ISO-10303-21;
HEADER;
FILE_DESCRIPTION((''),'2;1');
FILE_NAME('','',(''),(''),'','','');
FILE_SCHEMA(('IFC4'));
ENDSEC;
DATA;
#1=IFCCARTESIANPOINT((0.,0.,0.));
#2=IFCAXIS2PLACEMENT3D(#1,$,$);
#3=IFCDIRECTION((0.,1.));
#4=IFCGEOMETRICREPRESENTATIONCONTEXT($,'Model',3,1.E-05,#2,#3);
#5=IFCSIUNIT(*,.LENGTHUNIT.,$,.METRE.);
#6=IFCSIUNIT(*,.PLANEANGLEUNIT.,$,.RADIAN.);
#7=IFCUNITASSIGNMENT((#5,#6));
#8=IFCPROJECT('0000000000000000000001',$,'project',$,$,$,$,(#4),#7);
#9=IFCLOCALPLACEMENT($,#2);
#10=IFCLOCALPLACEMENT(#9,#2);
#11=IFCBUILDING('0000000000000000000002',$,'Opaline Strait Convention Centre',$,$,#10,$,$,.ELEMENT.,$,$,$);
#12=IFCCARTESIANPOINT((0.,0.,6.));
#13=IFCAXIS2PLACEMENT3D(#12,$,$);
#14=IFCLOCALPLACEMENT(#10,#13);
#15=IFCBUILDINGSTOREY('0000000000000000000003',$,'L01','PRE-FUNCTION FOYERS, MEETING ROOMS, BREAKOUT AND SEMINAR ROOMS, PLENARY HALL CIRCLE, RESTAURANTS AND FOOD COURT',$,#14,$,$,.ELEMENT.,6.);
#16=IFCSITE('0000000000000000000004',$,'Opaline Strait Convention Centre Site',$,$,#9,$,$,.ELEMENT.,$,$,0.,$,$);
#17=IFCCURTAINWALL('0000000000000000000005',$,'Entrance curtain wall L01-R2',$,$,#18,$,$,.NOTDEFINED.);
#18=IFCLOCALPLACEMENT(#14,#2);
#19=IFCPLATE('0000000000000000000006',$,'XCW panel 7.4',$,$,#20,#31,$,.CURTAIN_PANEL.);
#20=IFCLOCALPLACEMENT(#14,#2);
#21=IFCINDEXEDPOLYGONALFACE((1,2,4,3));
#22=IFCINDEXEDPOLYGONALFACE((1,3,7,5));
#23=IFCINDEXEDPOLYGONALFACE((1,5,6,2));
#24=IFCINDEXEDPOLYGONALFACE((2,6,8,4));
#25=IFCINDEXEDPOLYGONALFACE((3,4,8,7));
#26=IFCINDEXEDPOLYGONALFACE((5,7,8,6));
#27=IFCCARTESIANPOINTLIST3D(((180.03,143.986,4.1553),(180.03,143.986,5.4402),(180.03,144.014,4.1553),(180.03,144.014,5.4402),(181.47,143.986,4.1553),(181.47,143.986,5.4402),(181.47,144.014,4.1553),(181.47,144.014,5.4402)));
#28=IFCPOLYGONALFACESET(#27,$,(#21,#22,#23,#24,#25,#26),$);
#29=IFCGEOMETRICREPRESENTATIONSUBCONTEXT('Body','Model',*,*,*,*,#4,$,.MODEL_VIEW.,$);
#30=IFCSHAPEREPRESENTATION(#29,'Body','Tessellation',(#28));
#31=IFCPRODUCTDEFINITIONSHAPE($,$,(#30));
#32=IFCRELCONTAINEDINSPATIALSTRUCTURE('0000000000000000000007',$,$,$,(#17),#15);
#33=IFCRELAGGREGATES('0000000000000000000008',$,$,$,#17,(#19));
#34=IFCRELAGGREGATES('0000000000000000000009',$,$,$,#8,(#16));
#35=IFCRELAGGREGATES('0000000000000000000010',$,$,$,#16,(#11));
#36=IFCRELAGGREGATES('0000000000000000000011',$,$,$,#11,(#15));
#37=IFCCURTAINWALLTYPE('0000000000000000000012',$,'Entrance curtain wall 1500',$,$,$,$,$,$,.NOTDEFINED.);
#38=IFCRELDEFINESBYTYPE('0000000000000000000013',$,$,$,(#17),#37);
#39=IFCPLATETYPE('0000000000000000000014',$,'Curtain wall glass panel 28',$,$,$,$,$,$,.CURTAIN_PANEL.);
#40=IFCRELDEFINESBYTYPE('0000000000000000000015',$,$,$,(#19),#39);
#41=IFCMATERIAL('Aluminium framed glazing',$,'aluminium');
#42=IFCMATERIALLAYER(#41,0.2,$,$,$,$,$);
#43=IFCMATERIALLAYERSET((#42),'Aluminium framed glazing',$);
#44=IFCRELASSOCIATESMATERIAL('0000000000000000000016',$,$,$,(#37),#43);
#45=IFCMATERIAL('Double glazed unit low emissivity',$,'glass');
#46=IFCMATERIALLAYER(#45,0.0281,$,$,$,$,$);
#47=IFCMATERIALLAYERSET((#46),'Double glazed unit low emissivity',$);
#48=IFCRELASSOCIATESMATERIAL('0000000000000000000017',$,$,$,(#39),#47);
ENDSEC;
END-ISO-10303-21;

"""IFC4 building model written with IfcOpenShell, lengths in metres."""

from ifc_helpers import new_model, si_unit, direction, frame, origin, origin_2d, place, context, subcontext, project, spatial, rectangle, extrude, material, layer, layer_set, type_object, element, aggregate, save


model = new_model("IFC4")

# Units and contexts
model_context = context("Model", 3, precision=1e-05, world=origin(), true_north=direction((0.0, 1.0)))
body_context = subcontext(model_context, "Body", "Model", "MODEL_VIEW")
ifc_project = project(units=[si_unit("LENGTHUNIT", "METRE"), si_unit("PLANEANGLEUNIT", "RADIAN")], contexts=[model_context])

# Site, building, storey
site_placement = place(None, origin())
site = spatial("IfcSite", under=ifc_project, at=site_placement, Name="Opaline Strait Convention Centre Site", CompositionType="ELEMENT", RefElevation=0.0)
building_placement = place(site_placement, origin())
building = spatial("IfcBuilding", under=site, at=building_placement, Name="Opaline Strait Convention Centre", CompositionType="ELEMENT")
storey_placement = place(building_placement, frame((0.0, 0.0, 6.0)))
storey = spatial("IfcBuildingStorey", under=building, at=storey_placement, Name="L01", Description="PRE-FUNCTION FOYERS, MEETING ROOMS, BREAKOUT AND SEMINAR ROOMS, PLENARY HALL CIRCLE, RESTAURANTS AND FOOD COURT", CompositionType="ELEMENT", Elevation=6.0)

# Curtain wall, plate
ifc_material_1 = material(Name="Aluminium framed glazing", Category="aluminium")
ifc_layer_1 = layer(ifc_material_1, 0.2)
ifc_layer_set_1 = layer_set([ifc_layer_1], Name="Aluminium framed glazing")
curtain_wall_type = type_object("IfcCurtainWallType", Name="Entrance curtain wall 1500", PredefinedType="NOTDEFINED", material=ifc_layer_set_1)
curtain_wall_placement = place(storey_placement, origin())
curtain_wall = element("IfcCurtainWall", 1, at=curtain_wall_placement, inside=storey, type_object=curtain_wall_type, Name="Entrance curtain wall L01-R2", PredefinedType="NOTDEFINED")
ifc_material_2 = material(Name="Double glazed unit low emissivity", Category="glass")
ifc_layer_2 = layer(ifc_material_2, 0.0281)
ifc_layer_set_2 = layer_set([ifc_layer_2], Name="Double glazed unit low emissivity")
plate_type = type_object("IfcPlateType", Name="Curtain wall glass panel 28", PredefinedType="CURTAIN_PANEL", material=ifc_layer_set_2)
plate_1_placement = place(storey_placement, frame((180.75, 144.0, 4.1553), z_axis=(0.0, 0.0, 1.0), x_axis=(1.0, 0.0, 0.0)))
plate_1 = element("IfcPlate", 2, at=plate_1_placement, type_object=plate_type, Name="XCW panel 7.4", PredefinedType="CURTAIN_PANEL", context=body_context, shape_type="SweptSolid", body=[
    extrude(rectangle(XDim=1.4399, YDim=0.0281, at=origin_2d()), origin(), (0.0, 0.0, 1.0), 1.2849),
])
aggregate(curtain_wall, [plate_1])

save(model, "model.ifc")
